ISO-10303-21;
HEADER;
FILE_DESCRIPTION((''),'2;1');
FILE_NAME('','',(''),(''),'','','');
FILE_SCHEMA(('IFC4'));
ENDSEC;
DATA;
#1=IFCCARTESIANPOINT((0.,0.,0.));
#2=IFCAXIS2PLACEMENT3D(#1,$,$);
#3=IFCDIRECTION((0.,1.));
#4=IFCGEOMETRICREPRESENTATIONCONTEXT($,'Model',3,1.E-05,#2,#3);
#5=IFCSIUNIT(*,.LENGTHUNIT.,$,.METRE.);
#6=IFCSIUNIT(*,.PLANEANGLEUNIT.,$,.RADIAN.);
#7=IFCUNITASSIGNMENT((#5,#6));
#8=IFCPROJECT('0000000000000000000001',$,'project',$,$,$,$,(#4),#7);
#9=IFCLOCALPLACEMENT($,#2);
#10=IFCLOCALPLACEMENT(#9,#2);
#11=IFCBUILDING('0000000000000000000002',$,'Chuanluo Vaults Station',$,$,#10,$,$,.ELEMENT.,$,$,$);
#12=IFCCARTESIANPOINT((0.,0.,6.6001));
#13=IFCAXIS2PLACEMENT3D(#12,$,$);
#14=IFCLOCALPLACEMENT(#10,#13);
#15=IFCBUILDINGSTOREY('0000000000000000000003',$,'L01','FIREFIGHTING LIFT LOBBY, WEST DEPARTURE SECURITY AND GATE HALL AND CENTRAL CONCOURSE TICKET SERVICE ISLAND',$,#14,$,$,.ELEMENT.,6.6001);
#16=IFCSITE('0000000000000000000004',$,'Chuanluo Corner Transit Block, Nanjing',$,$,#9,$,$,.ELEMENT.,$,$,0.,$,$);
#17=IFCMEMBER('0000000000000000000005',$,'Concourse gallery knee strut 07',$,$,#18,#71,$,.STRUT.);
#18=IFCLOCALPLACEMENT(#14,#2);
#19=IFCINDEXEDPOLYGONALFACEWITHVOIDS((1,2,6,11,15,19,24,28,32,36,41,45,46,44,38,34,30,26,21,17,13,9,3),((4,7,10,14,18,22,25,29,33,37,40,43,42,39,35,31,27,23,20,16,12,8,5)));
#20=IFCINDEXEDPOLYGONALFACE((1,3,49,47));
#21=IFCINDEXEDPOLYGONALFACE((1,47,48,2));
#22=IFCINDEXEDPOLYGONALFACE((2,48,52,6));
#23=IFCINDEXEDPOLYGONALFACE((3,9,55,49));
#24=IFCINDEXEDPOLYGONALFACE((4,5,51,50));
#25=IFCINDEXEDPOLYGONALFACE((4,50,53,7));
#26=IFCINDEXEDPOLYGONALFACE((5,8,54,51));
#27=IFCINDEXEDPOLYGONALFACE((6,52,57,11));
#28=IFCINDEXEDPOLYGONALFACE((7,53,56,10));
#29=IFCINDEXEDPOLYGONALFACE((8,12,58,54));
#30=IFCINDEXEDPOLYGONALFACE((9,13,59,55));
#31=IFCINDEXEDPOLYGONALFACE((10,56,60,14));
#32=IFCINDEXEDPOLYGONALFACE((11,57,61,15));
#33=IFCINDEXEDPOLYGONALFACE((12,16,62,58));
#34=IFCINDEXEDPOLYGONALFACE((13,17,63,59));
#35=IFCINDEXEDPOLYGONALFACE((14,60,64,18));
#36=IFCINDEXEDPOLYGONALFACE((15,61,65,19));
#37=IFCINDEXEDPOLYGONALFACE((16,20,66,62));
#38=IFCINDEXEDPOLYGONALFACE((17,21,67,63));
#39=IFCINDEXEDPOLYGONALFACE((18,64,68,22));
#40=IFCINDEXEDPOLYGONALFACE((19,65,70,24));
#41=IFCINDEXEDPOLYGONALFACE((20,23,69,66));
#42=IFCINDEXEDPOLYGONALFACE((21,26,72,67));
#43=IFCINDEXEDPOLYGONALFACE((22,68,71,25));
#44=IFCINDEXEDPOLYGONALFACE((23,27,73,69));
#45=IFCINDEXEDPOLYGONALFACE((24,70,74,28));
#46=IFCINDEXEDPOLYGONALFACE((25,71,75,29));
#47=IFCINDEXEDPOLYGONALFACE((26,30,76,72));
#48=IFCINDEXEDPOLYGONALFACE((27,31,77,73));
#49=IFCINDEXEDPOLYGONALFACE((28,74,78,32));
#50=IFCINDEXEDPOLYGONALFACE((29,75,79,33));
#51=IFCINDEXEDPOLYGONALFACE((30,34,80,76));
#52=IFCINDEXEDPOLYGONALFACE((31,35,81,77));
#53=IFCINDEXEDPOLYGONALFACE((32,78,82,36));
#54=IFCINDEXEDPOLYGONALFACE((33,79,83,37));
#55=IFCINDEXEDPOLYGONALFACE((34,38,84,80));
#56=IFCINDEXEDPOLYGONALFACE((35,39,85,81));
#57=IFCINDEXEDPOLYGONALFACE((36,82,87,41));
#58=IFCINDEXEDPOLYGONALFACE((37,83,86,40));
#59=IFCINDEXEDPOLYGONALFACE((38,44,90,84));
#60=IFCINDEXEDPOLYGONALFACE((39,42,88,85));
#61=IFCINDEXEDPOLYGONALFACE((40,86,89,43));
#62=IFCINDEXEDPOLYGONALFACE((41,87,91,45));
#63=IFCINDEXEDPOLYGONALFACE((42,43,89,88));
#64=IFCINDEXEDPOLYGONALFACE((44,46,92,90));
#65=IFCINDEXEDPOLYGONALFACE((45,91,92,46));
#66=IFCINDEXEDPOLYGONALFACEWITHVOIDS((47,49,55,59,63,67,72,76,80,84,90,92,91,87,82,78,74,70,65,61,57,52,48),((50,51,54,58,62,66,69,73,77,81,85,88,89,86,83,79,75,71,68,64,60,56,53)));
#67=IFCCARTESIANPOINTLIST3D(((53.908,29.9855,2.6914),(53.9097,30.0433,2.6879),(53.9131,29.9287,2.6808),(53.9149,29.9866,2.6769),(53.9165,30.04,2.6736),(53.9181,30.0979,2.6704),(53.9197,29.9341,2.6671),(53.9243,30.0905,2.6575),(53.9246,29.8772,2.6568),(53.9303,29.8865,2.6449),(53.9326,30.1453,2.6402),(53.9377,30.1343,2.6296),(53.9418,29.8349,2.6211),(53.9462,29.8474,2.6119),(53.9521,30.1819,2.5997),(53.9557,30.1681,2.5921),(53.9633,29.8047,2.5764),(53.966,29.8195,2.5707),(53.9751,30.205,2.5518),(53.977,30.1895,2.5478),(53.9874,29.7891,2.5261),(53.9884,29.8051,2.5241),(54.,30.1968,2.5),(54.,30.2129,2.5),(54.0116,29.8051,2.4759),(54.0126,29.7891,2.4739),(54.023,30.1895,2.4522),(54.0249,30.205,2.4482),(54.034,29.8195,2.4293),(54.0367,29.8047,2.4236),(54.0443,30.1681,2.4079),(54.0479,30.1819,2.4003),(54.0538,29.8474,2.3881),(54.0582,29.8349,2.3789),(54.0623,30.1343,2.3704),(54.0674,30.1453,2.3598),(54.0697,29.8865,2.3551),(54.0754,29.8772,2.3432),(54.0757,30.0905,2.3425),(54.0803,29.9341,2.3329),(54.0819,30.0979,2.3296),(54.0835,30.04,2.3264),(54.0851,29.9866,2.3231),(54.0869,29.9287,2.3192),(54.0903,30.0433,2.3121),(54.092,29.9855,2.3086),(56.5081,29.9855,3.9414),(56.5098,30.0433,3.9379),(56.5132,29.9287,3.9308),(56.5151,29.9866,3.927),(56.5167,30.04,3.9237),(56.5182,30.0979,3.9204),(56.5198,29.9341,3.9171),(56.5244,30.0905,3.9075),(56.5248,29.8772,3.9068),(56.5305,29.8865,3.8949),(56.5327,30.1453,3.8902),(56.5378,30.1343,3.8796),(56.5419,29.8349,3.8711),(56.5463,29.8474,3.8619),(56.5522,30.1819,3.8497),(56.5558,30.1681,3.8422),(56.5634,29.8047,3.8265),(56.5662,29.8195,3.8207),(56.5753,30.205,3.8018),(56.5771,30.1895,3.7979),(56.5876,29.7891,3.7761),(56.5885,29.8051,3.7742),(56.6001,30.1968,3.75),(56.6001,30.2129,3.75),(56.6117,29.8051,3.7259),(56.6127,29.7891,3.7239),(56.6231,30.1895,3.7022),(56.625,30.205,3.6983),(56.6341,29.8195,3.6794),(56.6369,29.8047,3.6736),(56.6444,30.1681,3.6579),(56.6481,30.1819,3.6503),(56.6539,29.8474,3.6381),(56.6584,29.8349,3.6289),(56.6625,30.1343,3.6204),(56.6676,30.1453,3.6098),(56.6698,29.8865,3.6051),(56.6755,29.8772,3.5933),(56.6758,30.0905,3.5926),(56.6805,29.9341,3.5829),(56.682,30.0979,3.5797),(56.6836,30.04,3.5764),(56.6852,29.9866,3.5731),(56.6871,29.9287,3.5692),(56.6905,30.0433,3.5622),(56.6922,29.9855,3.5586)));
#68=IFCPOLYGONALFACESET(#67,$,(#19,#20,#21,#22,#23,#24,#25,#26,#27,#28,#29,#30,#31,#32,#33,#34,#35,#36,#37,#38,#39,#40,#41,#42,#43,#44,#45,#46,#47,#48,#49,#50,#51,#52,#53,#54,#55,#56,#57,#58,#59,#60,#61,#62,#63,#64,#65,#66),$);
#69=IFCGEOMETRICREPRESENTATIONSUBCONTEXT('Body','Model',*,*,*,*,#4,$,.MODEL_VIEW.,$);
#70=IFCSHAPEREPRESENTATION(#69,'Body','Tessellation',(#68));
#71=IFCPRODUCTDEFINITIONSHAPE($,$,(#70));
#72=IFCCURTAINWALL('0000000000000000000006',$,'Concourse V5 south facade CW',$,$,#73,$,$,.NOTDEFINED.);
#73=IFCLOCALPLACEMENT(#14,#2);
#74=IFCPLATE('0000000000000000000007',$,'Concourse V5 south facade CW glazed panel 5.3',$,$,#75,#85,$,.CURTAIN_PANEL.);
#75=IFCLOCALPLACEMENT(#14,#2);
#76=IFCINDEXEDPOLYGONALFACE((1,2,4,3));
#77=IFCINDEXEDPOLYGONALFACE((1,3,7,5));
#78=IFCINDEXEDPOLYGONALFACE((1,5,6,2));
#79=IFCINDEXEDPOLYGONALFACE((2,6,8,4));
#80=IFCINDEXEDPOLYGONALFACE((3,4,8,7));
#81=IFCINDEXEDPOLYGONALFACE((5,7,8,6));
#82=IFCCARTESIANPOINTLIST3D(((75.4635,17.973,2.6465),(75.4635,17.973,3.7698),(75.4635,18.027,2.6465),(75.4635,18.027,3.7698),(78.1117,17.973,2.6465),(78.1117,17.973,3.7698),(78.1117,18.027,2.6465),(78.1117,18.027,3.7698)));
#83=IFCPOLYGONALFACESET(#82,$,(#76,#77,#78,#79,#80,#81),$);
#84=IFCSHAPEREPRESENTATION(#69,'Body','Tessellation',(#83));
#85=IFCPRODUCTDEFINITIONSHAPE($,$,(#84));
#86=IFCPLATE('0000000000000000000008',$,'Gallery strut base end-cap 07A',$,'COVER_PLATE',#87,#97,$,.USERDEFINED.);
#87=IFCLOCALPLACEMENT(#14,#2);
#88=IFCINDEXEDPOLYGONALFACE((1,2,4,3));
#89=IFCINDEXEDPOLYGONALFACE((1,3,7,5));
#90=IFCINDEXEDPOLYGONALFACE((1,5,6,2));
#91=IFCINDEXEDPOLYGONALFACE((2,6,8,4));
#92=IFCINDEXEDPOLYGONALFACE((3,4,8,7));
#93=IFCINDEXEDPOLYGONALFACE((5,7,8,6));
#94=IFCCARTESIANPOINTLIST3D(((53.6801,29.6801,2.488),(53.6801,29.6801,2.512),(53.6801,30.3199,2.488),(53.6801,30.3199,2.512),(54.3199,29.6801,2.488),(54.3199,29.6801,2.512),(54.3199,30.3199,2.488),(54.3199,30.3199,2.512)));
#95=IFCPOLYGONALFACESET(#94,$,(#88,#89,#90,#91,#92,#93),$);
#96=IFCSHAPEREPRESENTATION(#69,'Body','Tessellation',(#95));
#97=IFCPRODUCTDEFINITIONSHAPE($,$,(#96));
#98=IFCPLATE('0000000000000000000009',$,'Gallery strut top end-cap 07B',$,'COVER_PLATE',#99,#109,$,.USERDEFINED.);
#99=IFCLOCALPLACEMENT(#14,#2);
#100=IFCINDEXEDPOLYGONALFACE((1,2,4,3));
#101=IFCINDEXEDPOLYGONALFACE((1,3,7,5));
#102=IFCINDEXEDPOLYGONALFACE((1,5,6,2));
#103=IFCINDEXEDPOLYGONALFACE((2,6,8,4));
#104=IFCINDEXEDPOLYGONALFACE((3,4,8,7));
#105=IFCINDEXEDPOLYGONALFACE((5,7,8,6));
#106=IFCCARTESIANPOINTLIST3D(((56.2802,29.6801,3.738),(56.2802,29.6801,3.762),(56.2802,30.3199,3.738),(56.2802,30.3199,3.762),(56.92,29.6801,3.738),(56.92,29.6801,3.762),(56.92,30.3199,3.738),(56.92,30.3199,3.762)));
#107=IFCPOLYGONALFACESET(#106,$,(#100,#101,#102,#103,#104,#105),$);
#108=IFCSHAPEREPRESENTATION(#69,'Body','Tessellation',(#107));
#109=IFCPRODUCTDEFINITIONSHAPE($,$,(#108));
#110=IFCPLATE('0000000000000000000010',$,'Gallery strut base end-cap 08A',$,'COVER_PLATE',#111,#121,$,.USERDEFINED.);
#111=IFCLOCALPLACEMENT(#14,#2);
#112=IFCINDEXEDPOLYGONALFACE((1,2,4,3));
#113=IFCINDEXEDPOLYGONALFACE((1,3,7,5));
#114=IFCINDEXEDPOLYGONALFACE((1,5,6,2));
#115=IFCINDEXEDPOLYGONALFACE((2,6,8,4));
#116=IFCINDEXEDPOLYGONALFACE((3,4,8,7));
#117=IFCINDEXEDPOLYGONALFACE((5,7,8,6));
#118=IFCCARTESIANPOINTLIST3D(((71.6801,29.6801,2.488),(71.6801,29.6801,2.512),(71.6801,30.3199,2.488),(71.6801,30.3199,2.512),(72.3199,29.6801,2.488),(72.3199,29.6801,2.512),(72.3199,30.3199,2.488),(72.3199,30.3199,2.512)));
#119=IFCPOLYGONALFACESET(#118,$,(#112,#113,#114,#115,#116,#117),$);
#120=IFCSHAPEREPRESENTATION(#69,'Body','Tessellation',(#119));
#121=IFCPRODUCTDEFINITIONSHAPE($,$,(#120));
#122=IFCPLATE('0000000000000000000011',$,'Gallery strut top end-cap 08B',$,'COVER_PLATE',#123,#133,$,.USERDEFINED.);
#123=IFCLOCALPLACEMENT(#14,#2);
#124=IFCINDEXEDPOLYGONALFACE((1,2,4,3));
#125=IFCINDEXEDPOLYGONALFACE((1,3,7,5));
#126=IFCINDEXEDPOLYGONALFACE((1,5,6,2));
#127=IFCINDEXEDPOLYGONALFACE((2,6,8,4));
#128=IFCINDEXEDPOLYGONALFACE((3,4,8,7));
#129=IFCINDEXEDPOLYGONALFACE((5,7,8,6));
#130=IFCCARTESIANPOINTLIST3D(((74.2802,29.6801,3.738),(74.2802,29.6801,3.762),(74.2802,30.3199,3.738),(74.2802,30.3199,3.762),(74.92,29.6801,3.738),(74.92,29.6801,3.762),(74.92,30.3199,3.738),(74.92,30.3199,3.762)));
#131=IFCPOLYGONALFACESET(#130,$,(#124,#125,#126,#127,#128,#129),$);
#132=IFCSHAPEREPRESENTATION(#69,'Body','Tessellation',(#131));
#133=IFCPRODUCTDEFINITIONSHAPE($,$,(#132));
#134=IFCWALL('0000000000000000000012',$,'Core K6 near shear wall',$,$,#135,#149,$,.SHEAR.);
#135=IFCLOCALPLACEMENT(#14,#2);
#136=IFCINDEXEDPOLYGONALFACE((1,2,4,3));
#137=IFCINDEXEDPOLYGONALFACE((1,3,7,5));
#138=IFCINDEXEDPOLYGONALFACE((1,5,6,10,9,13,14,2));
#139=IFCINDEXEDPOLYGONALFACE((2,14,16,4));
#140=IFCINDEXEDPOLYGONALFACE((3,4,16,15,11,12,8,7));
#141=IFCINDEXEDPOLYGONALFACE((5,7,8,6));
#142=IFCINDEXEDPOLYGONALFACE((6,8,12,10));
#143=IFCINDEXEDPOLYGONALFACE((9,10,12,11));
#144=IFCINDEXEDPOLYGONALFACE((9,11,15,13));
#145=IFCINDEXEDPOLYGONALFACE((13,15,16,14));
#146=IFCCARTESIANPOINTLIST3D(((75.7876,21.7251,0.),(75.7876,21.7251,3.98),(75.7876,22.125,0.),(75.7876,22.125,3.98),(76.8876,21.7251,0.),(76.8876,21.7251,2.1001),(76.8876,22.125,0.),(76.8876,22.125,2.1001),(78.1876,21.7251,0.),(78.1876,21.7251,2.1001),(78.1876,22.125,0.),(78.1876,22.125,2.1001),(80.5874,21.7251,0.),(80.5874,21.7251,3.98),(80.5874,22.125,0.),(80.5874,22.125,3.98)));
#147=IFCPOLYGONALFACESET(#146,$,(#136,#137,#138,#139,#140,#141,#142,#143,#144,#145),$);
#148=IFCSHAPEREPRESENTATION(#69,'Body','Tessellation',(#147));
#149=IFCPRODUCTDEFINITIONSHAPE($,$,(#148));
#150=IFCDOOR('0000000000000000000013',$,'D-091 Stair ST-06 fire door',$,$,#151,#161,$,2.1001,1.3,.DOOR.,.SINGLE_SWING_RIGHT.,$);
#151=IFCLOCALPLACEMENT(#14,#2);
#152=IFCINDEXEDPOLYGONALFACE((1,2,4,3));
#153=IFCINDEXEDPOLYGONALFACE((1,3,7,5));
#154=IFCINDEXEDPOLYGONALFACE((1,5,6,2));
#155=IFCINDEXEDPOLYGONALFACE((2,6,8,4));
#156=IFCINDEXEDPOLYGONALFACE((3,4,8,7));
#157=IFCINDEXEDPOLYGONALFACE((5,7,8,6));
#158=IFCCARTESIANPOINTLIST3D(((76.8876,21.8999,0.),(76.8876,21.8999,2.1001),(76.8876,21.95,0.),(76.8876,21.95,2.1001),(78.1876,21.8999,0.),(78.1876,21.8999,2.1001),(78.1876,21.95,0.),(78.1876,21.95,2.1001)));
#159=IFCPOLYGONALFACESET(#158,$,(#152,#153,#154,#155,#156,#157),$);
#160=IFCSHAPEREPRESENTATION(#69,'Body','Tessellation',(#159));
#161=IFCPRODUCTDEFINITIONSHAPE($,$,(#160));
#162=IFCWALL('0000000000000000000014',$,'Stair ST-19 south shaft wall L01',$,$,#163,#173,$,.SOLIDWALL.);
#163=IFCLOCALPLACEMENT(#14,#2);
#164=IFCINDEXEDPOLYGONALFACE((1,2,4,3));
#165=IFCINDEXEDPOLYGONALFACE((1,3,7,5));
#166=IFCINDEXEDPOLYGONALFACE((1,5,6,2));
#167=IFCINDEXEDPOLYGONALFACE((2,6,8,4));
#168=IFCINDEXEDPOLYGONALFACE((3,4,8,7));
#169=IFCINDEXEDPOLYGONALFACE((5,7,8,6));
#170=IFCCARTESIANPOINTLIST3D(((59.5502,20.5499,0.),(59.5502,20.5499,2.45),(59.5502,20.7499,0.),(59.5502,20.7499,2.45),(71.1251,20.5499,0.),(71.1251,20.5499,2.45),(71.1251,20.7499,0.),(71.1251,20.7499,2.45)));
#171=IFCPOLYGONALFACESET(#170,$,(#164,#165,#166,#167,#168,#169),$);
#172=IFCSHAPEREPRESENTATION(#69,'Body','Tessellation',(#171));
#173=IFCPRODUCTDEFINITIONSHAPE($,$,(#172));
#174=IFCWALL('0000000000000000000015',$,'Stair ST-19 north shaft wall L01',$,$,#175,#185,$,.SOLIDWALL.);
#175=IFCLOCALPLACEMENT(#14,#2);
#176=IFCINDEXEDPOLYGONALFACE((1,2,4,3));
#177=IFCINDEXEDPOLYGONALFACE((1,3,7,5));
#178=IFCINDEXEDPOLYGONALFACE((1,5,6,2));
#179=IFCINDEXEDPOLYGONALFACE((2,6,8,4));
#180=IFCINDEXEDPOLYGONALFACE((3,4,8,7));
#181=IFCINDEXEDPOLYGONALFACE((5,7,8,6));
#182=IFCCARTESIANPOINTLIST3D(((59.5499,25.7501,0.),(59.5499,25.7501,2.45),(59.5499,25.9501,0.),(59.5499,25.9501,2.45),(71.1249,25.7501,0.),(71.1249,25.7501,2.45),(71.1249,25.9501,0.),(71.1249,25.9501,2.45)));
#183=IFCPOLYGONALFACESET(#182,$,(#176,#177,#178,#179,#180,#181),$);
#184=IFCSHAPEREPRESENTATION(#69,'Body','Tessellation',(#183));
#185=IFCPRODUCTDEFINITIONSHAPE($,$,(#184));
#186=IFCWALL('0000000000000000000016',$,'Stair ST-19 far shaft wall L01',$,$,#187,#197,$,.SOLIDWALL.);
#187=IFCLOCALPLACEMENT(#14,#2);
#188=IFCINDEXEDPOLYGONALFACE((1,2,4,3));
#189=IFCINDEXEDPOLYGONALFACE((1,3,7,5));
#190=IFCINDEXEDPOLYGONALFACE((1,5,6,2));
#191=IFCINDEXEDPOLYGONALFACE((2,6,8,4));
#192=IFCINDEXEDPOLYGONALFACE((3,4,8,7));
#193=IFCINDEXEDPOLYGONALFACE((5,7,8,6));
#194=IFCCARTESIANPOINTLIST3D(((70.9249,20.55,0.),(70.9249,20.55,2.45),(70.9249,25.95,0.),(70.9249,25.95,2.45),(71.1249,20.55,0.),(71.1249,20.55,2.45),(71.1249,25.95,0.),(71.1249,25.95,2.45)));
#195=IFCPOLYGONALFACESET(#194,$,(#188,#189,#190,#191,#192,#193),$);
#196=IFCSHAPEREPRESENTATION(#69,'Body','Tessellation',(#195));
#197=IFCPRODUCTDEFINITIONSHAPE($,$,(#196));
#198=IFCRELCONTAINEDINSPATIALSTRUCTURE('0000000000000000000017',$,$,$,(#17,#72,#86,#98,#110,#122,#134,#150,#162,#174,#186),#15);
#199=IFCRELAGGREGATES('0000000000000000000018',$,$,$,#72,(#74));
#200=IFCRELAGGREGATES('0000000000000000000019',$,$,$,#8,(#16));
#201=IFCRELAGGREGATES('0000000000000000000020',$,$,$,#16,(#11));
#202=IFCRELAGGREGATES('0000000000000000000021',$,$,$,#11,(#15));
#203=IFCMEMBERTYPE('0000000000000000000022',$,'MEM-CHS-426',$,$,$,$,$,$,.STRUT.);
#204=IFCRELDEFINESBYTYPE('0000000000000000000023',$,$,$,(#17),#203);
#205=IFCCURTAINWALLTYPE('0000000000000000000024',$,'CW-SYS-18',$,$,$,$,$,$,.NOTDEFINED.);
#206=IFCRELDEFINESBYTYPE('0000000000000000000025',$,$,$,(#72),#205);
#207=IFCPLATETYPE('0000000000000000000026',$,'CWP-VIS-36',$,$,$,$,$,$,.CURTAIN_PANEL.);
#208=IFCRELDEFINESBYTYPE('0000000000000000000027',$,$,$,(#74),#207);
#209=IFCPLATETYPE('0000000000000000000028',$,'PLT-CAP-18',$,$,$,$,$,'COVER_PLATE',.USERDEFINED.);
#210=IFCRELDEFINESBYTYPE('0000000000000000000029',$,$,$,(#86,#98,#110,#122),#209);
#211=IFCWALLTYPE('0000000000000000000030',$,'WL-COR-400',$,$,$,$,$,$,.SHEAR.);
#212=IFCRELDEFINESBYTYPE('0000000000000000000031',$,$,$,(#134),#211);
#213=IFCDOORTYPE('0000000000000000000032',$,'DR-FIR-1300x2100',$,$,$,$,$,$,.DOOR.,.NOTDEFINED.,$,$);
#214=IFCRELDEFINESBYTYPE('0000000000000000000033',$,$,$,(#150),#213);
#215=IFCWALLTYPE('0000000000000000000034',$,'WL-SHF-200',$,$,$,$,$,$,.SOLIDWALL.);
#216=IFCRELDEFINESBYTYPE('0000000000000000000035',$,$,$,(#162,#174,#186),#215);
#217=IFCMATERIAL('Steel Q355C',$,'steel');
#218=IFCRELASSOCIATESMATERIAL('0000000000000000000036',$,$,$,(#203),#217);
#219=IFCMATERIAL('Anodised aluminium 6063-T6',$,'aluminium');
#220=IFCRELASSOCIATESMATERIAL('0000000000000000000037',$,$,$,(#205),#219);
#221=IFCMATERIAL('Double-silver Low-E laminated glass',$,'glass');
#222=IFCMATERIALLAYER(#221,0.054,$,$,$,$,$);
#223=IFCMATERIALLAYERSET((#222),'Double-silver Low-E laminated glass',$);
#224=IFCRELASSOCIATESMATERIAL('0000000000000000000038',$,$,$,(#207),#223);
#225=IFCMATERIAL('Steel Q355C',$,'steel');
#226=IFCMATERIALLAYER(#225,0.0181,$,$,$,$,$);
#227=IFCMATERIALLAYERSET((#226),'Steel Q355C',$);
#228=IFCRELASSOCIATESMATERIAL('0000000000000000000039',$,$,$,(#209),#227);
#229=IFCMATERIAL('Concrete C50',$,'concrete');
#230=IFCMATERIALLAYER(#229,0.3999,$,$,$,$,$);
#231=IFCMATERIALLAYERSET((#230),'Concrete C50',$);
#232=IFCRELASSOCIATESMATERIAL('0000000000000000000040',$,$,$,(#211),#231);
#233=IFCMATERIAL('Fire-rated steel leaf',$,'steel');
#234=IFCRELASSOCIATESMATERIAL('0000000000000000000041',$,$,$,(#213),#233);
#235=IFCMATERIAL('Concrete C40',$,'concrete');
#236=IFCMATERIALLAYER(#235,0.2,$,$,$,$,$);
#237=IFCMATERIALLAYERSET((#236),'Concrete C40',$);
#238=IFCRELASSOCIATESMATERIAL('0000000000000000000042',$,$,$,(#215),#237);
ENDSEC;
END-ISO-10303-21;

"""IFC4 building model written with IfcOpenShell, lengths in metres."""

from ifc_helpers import new_model, si_unit, direction, frame, frame_2d, origin, origin_2d, place, context, subcontext, project, spatial, rectangle, hollow_circle, extrude, material, layer, layer_set, material_profile, profile_set, type_object, element, fill, aggregate, save


model = new_model("IFC4")

# Units and contexts
model_context = context("Model", 3, precision=1e-05, world=origin(), true_north=direction((0.0, 1.0)))
body_context = subcontext(model_context, "Body", "Model", "MODEL_VIEW")
ifc_project = project(units=[si_unit("LENGTHUNIT", "METRE"), si_unit("PLANEANGLEUNIT", "RADIAN")], contexts=[model_context])

# Site, building, storey
site_placement = place(None, origin())
site = spatial("IfcSite", under=ifc_project, at=site_placement, Name="Chuanluo Corner Transit Block, Nanjing", CompositionType="ELEMENT", RefElevation=0.0)
building_placement = place(site_placement, origin())
building = spatial("IfcBuilding", under=site, at=building_placement, Name="Chuanluo Vaults Station", CompositionType="ELEMENT")
storey_placement = place(building_placement, frame((0.0, 0.0, 6.6001)))
storey = spatial("IfcBuildingStorey", under=building, at=storey_placement, Name="L01", Description="FIREFIGHTING LIFT LOBBY, WEST DEPARTURE SECURITY AND GATE HALL AND CENTRAL CONCOURSE TICKET SERVICE ISLAND", CompositionType="ELEMENT", Elevation=6.6001)

# Member
ifc_material_1 = material(Name="Steel Q355C", Category="steel")
ifc_material_profile_1 = material_profile(ifc_material_1, hollow_circle(Radius=0.2129, WallThickness=0.0161, at=origin_2d()))
ifc_profile_set_1 = profile_set([ifc_material_profile_1], Name="Steel Q355C")
member_type_1 = type_object("IfcMemberType", Name="MEM-CHS-426", PredefinedType="STRUT", material=ifc_profile_set_1)
member_1_placement = place(storey_placement, frame((54.0, 30.0, 2.5), z_axis=(0.901259, 0.0, 0.433281), x_axis=(0.0, 1.0, 0.0)))
element("IfcMember", 1, at=member_1_placement, inside=storey, type_object=member_type_1, Name="Concourse gallery knee strut 07", PredefinedType="STRUT", context=body_context, shape_type="SweptSolid", body=[
    extrude(hollow_circle(Radius=0.2129, WallThickness=0.0161, at=origin_2d()), origin(), (0.0, 0.0, 1.0), 2.885),
])

# Curtain wall, plate
ifc_material_2 = material(Name="Anodised aluminium 6063-T6", Category="aluminium")
curtain_wall_type = type_object("IfcCurtainWallType", Name="CW-SYS-18", PredefinedType="NOTDEFINED", material=ifc_material_2)
curtain_wall_placement = place(storey_placement, origin())
curtain_wall = element("IfcCurtainWall", 2, at=curtain_wall_placement, inside=storey, type_object=curtain_wall_type, Name="Concourse V5 south facade CW", PredefinedType="NOTDEFINED")
ifc_material_3 = material(Name="Double-silver Low-E laminated glass", Category="glass")
ifc_layer_1 = layer(ifc_material_3, 0.054)
ifc_layer_set_1 = layer_set([ifc_layer_1], Name="Double-silver Low-E laminated glass")
plate_type_1 = type_object("IfcPlateType", Name="CWP-VIS-36", PredefinedType="CURTAIN_PANEL", material=ifc_layer_set_1)
plate_placement = place(storey_placement, frame((76.7876, 18.0, 2.6465), z_axis=(0.0, 0.0, 1.0), x_axis=(-1.0, 0.0, 0.0)))
plate = element("IfcPlate", 3, at=plate_placement, type_object=plate_type_1, Name="Concourse V5 south facade CW glazed panel 5.3", PredefinedType="CURTAIN_PANEL", context=body_context, shape_type="SweptSolid", body=[
    extrude(rectangle(XDim=2.6482, YDim=0.054, at=origin_2d()), origin(), (0.0, 0.0, 1.0), 1.1233),
])
aggregate(curtain_wall, [plate])

# Plates
ifc_material_4 = material(Name="Steel Q355C", Category="steel")
ifc_layer_2 = layer(ifc_material_4, 0.0181)
ifc_layer_set_2 = layer_set([ifc_layer_2], Name="Steel Q355C")
plate_type_2 = type_object("IfcPlateType", Name="PLT-CAP-18", ElementType="COVER_PLATE", PredefinedType="USERDEFINED", material=ifc_layer_set_2)
for number, where, z_axis, x_axis, name in (
    (4, (54.0, 30.0, 2.488), (0.0, 0.0, 1.0), (1.0, 0.0, 0.0), "Gallery strut base end-cap 07A"),
    (5, (56.6001, 30.0, 3.738), (0.0, 0.0, 1.0), (1.0, 0.0, 0.0), "Gallery strut top end-cap 07B"),
    (6, (72.0, 30.0, 2.488), (0.0, 0.0, 1.0), (1.0, 0.0, 0.0), "Gallery strut base end-cap 08A"),
    (7, (74.6001, 30.0, 3.738), (0.0, 0.0, 1.0), (1.0, 0.0, 0.0), "Gallery strut top end-cap 08B"),
):
    element("IfcPlate", number, at=place(storey_placement, frame(where, z_axis=z_axis, x_axis=x_axis)), inside=storey, type_object=plate_type_2, Name=name, ObjectType="COVER_PLATE", PredefinedType="USERDEFINED", context=body_context, shape_type="SweptSolid", body=[
        extrude(rectangle(XDim=0.6399, YDim=0.6399, at=origin_2d()), origin(), (0.0, 0.0, 1.0), 0.0239),
    ])

# Wall, opening, door
ifc_material_5 = material(Name="Concrete C50", Category="concrete")
ifc_layer_3 = layer(ifc_material_5, 0.3999)
ifc_layer_set_3 = layer_set([ifc_layer_3], Name="Concrete C50")
wall_type_1 = type_object("IfcWallType", Name="WL-COR-400", PredefinedType="SHEAR", material=ifc_layer_set_3)
wall_1_placement = place(storey_placement, frame((75.7876, 21.925, 0.0), z_axis=(0.0, 0.0, 1.0), x_axis=(1.0, 0.0, 0.0)))
wall_1 = element("IfcWall", 8, at=wall_1_placement, inside=storey, type_object=wall_type_1, Name="Core K6 near shear wall", PredefinedType="SHEAR", context=body_context, shape_type="SweptSolid", body=[
    extrude(rectangle(XDim=4.7998, YDim=0.3999, at=frame_2d((2.3999, 0.0))), origin(), (0.0, 0.0, 1.0), 3.98),
])
opening_1_placement = place(wall_1_placement, frame((1.1001, 0.0, 0.0)))
opening_1 = element("IfcOpeningElement", 9, at=opening_1_placement, cuts=wall_1, PredefinedType="OPENING", context=body_context, shape_type="SweptSolid", body=[
    extrude(rectangle(XDim=1.3, YDim=2.1001, at=frame_2d((0.6499, 1.05))), frame((0.0, 0.2099, 0.0), z_axis=(0.0, -1.0, 0.0), x_axis=(1.0, 0.0, 0.0)), (0.0, 0.0, 1.0), 0.4199),
])
ifc_material_6 = material(Name="Fire-rated steel leaf", Category="steel")
door_type_1 = type_object("IfcDoorType", Name="DR-FIR-1300x2100", OperationType="NOTDEFINED", PredefinedType="DOOR", material=ifc_material_6)
door_1_placement = place(opening_1_placement, origin())
door_1 = element("IfcDoor", 10, at=door_1_placement, inside=storey, type_object=door_type_1, Name="D-091 Stair ST-06 fire door", OperationType="SINGLE_SWING_RIGHT", OverallHeight=2.1001, OverallWidth=1.3, PredefinedType="DOOR", context=body_context, shape_type="SweptSolid", body=[
    extrude(rectangle(XDim=1.3, YDim=2.1001, at=frame_2d((0.6499, 1.05))), frame((0.0, 0.0249, 0.0), z_axis=(0.0, -1.0, 0.0), x_axis=(1.0, 0.0, 0.0)), (0.0, 0.0, 1.0), 0.05),
])
fill(opening_1, door_1)

# Walls
ifc_material_7 = material(Name="Concrete C40", Category="concrete")
ifc_layer_4 = layer(ifc_material_7, 0.2)
ifc_layer_set_4 = layer_set([ifc_layer_4], Name="Concrete C40")
wall_type_2 = type_object("IfcWallType", Name="WL-SHF-200", PredefinedType="SOLIDWALL", material=ifc_layer_set_4)
for number, where, z_axis, x_axis, name in (
    (11, (59.55, 20.6499, 0.0), (0.0, 0.0, 1.0), (1.0, 0.0, 0.0), "Stair ST-19 south shaft wall L01"),
    (12, (71.125, 25.8501, 0.0), (0.0, 0.0, 1.0), (-1.0, 0.0, 0.0), "Stair ST-19 north shaft wall L01"),
):
    element("IfcWall", number, at=place(storey_placement, frame(where, z_axis=z_axis, x_axis=x_axis)), inside=storey, type_object=wall_type_2, Name=name, PredefinedType="SOLIDWALL", context=body_context, shape_type="SweptSolid", body=[
        extrude(rectangle(XDim=11.575, YDim=0.2, at=frame_2d((5.7876, 0.0))), origin(), (0.0, 0.0, 1.0), 2.45),
    ])
wall_2_placement = place(storey_placement, frame((71.0249, 20.55, 0.0), z_axis=(0.0, 0.0, 1.0), x_axis=(0.0, 1.0, 0.0)))
element("IfcWall", 13, at=wall_2_placement, inside=storey, type_object=wall_type_2, Name="Stair ST-19 far shaft wall L01", PredefinedType="SOLIDWALL", context=body_context, shape_type="SweptSolid", body=[
    extrude(rectangle(XDim=5.3999, YDim=0.2, at=frame_2d((2.7, 0.0))), origin(), (0.0, 0.0, 1.0), 2.45),
])

save(model, "model.ifc")
